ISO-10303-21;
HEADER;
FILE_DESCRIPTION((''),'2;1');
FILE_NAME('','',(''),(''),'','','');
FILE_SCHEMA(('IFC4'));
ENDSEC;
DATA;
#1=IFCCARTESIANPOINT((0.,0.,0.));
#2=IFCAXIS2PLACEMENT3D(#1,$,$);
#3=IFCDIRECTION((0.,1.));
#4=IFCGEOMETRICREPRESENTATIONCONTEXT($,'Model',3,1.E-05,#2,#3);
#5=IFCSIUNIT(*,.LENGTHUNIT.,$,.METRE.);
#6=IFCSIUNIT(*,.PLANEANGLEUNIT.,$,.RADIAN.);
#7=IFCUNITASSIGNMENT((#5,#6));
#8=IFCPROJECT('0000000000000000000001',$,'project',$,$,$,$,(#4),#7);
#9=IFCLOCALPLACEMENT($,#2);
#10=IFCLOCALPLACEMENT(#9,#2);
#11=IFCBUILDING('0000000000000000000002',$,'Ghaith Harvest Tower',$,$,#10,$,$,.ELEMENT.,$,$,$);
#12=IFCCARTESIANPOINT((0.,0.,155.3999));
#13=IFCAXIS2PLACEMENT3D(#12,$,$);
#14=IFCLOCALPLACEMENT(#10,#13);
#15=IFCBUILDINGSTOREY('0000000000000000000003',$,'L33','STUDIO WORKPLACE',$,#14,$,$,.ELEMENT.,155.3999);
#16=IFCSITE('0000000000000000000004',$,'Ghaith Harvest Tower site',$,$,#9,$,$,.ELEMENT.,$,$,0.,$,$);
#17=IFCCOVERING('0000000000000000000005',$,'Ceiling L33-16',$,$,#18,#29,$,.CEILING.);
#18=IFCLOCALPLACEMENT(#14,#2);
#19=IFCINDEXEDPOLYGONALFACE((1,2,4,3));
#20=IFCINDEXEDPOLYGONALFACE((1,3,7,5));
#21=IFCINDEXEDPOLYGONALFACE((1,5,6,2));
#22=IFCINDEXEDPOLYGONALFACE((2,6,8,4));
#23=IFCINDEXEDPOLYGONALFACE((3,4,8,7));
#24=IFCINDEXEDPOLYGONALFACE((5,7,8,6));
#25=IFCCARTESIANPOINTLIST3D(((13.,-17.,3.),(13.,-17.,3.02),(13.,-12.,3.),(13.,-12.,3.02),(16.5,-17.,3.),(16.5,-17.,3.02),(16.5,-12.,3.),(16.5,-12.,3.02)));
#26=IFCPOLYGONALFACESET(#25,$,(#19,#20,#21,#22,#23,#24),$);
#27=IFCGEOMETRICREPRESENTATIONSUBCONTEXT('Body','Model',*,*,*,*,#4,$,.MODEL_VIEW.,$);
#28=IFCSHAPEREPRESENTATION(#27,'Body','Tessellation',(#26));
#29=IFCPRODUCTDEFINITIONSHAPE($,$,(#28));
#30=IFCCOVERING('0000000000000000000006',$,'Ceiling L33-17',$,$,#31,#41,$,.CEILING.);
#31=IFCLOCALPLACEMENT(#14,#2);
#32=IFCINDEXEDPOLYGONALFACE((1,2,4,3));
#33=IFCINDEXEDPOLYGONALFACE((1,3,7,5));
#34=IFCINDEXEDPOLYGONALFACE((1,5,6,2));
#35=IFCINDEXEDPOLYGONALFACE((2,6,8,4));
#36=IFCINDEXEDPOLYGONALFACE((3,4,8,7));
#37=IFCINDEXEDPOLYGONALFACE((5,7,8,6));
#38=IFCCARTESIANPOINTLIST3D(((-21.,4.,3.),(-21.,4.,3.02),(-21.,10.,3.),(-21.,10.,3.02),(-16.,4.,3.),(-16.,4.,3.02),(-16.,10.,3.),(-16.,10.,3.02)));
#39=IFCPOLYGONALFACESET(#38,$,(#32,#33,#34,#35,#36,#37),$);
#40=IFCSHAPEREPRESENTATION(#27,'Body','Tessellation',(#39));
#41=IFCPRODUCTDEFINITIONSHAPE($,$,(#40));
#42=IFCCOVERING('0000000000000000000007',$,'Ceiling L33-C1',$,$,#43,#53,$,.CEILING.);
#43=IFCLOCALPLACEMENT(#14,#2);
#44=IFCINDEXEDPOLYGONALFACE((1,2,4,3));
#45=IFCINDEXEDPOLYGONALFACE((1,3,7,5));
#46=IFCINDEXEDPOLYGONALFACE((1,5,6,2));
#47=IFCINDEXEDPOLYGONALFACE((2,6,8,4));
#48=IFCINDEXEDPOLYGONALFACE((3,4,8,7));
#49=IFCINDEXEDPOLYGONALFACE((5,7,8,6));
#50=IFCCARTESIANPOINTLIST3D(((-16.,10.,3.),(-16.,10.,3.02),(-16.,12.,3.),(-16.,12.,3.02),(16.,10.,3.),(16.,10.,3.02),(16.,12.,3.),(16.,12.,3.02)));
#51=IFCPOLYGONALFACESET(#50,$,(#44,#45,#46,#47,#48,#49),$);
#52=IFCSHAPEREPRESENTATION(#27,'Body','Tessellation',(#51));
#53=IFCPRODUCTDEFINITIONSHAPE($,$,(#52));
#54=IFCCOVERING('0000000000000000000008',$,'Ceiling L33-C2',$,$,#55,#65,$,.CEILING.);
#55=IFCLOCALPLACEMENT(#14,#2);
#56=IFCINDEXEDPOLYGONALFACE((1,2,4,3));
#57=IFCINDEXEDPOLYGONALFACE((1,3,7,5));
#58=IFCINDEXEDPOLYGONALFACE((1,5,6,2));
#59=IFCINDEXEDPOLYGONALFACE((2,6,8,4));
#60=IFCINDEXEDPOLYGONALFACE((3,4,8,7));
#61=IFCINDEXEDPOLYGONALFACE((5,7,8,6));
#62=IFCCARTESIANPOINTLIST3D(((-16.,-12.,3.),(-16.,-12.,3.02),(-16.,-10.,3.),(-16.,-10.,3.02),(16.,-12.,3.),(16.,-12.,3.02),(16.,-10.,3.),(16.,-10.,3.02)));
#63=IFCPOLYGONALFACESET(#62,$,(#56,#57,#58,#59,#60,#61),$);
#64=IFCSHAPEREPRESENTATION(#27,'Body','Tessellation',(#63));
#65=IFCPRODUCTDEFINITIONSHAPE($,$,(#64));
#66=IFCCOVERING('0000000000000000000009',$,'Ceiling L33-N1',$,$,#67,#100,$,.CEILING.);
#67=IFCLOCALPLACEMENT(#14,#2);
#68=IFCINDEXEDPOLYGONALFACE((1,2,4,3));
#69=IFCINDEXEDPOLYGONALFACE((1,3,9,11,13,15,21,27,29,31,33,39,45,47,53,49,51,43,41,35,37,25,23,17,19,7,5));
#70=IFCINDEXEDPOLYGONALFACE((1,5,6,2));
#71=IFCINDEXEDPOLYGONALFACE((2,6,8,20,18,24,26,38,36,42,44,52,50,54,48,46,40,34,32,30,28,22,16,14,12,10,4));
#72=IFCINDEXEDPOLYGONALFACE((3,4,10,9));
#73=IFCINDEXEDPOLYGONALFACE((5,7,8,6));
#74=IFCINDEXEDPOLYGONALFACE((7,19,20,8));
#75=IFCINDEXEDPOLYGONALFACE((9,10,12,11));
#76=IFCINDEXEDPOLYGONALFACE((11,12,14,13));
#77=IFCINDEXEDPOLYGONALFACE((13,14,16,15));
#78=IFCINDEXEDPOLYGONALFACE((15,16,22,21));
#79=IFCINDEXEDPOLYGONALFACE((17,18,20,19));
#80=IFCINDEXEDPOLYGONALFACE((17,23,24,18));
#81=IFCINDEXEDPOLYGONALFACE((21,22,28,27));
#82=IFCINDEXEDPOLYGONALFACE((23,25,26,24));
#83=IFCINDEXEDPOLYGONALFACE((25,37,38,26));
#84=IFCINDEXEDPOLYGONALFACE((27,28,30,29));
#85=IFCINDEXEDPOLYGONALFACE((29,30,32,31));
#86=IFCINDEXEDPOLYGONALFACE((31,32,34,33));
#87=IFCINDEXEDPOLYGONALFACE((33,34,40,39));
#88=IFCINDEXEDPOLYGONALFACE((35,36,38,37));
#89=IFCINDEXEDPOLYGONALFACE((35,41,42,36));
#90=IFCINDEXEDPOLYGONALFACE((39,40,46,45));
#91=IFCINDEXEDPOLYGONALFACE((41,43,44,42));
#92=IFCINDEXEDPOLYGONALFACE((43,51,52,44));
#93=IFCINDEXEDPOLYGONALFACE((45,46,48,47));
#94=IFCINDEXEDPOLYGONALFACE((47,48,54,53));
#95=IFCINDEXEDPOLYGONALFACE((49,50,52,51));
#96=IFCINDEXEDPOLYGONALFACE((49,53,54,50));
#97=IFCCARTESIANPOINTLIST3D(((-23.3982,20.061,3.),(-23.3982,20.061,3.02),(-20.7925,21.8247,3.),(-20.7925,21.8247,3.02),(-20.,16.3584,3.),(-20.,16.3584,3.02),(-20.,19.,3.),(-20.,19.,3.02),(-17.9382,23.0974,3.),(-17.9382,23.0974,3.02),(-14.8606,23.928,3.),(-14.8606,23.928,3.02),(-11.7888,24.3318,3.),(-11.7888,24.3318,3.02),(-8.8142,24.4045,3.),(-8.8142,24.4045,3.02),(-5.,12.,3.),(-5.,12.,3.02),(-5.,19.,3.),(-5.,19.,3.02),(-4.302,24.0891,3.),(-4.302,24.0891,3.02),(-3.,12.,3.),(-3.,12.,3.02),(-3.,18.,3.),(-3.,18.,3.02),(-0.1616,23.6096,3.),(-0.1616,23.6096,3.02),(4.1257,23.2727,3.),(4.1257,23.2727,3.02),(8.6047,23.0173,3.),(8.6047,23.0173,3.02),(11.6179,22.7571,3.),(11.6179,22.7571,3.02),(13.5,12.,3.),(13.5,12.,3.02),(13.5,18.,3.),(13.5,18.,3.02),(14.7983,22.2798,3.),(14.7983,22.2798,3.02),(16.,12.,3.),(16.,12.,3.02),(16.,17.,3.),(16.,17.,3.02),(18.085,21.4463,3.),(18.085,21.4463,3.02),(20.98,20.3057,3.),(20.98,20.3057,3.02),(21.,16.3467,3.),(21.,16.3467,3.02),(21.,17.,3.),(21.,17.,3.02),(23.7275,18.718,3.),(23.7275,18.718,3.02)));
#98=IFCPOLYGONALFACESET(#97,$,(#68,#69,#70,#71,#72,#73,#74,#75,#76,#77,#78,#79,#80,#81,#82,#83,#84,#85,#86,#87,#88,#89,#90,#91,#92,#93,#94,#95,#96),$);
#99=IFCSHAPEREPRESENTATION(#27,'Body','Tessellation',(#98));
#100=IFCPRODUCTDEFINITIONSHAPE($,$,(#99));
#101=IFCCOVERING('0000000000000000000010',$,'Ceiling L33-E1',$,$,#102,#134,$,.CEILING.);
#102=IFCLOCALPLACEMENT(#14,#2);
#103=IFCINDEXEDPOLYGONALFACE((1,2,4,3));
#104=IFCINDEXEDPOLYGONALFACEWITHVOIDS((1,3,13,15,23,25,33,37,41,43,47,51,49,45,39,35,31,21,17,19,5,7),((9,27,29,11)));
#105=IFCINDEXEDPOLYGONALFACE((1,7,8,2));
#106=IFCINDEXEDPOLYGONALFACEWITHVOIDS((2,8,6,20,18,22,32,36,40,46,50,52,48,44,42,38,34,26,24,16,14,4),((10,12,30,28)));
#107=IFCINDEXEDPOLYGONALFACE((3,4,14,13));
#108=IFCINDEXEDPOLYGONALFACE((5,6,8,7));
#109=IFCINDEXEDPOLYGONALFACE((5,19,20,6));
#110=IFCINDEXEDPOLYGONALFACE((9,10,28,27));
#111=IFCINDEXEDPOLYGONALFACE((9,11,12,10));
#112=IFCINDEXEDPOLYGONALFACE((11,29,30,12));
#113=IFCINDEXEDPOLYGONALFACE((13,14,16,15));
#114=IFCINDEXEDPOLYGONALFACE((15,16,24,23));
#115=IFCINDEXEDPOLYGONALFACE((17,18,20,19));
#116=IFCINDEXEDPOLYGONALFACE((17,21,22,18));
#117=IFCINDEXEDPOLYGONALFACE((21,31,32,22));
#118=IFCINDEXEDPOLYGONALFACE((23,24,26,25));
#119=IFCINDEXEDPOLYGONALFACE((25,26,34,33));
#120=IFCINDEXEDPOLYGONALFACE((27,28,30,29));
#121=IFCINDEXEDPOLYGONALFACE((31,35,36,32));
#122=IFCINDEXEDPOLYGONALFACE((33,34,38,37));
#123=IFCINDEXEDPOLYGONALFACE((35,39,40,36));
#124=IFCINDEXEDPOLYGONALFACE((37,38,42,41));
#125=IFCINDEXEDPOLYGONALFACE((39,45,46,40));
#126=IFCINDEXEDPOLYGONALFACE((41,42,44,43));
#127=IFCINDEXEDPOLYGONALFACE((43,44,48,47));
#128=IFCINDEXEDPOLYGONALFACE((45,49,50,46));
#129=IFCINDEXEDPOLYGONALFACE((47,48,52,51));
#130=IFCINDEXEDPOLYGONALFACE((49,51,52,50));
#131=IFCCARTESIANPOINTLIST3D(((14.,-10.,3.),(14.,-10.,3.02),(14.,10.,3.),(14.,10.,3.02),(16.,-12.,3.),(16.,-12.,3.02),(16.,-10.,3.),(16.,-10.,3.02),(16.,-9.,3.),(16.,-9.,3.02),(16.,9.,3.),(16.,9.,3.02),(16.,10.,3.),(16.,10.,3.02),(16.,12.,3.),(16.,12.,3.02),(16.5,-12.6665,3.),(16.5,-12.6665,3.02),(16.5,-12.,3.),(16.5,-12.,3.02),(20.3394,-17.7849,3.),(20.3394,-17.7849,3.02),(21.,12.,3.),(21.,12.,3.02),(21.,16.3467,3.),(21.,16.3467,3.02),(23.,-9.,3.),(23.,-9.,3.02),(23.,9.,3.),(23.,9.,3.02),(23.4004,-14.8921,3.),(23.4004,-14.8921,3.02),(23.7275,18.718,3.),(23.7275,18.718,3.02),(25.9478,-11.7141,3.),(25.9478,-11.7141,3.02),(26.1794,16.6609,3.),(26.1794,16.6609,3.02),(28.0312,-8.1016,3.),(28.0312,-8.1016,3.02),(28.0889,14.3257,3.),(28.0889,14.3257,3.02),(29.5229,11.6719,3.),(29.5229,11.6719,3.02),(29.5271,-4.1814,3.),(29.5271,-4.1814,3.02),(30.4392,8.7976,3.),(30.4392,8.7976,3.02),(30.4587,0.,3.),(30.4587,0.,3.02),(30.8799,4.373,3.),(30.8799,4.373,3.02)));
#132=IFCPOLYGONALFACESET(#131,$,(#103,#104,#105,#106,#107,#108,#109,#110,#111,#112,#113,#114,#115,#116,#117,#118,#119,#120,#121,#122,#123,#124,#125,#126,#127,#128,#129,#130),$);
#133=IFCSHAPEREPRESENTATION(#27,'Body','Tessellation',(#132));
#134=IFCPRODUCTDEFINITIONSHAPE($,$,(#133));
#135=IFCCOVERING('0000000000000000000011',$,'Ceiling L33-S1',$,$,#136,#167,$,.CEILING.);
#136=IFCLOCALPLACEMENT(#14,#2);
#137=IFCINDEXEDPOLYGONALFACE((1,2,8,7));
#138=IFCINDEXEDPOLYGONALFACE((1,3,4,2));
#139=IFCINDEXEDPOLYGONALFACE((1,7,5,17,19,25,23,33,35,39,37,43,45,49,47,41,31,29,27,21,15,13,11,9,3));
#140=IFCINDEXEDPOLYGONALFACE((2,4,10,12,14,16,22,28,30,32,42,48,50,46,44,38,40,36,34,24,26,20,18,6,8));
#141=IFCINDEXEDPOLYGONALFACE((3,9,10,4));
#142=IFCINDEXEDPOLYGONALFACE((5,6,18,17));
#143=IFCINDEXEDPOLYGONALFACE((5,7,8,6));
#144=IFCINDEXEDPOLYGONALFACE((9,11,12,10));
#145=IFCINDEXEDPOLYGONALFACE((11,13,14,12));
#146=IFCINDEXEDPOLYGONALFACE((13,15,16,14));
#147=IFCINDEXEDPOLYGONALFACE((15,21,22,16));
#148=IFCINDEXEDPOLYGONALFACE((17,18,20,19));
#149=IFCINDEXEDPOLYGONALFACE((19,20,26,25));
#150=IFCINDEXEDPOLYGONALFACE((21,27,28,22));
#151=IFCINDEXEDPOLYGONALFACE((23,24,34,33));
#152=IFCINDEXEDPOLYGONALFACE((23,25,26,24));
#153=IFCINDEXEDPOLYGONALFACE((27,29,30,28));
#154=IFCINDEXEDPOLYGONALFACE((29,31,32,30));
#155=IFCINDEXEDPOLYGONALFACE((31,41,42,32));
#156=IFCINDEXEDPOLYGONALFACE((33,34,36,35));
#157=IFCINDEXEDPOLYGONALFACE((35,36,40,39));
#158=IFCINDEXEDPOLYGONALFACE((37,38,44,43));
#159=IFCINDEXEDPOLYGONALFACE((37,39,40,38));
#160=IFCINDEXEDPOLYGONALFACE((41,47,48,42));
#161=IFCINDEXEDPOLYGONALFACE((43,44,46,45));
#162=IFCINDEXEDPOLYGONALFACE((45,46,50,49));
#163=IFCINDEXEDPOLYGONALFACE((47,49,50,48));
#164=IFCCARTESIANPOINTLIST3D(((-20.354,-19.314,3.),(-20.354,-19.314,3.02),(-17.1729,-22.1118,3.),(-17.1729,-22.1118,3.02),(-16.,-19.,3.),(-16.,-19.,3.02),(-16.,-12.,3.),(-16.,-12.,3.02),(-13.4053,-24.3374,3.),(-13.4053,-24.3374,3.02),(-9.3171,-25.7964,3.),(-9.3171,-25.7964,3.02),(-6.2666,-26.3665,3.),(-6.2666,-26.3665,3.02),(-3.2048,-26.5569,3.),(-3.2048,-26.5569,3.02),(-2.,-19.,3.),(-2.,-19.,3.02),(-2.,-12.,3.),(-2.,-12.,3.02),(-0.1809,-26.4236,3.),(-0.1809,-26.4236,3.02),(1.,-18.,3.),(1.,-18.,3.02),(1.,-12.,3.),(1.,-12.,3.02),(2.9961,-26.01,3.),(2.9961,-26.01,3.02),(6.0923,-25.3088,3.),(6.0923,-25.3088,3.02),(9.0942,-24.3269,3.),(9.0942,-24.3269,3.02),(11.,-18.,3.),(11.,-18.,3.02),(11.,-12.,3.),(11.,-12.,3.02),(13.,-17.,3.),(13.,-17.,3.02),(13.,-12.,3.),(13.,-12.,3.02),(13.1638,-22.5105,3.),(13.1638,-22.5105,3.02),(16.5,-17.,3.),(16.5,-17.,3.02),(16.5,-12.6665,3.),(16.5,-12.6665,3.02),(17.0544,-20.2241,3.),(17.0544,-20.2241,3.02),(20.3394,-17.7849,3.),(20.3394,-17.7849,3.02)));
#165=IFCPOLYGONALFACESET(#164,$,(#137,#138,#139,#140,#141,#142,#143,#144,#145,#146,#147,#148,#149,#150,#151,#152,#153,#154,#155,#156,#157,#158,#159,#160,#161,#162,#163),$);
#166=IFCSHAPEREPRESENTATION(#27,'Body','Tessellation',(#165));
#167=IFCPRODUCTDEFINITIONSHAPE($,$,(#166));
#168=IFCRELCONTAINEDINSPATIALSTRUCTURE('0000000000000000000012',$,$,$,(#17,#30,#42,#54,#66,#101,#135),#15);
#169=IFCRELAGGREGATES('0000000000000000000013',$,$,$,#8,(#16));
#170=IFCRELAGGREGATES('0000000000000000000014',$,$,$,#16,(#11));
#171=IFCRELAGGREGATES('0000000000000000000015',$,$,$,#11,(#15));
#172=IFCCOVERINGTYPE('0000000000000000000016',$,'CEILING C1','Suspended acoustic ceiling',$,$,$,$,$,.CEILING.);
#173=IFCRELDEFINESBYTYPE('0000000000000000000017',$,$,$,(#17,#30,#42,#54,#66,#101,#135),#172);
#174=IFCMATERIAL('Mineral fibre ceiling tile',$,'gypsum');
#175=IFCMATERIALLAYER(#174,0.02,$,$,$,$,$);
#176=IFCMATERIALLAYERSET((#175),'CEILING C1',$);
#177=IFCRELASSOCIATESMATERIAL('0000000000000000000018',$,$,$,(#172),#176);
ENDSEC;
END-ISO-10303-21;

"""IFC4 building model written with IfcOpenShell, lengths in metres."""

from ifc_helpers import new_model, si_unit, direction, frame, origin, place, context, subcontext, project, spatial, polyline, outline, extrude, material, layer, layer_set, type_object, element, save


model = new_model("IFC4")

# Units and contexts
model_context = context("Model", 3, precision=1e-05, world=origin(), true_north=direction((0.0, 1.0)))
body_context = subcontext(model_context, "Body", "Model", "MODEL_VIEW")
ifc_project = project(units=[si_unit("LENGTHUNIT", "METRE"), si_unit("PLANEANGLEUNIT", "RADIAN")], contexts=[model_context])

# Site, building, storey
site_placement = place(None, origin())
site = spatial("IfcSite", under=ifc_project, at=site_placement, Name="Ghaith Harvest Tower site", CompositionType="ELEMENT", RefElevation=0.0)
building_placement = place(site_placement, origin())
building = spatial("IfcBuilding", under=site, at=building_placement, Name="Ghaith Harvest Tower", CompositionType="ELEMENT")
storey_placement = place(building_placement, frame((0.0, 0.0, 155.3999)))
storey = spatial("IfcBuildingStorey", under=building, at=storey_placement, Name="L33", Description="STUDIO WORKPLACE", CompositionType="ELEMENT", Elevation=155.3999)

# Coverings
ifc_material_1 = material(Name="Mineral fibre ceiling tile", Category="gypsum")
ifc_layer_1 = layer(ifc_material_1, 0.02)
ifc_layer_set_1 = layer_set([ifc_layer_1], Name="CEILING C1")
covering_type = type_object("IfcCoveringType", Name="CEILING C1", Description="Suspended acoustic ceiling", PredefinedType="CEILING", material=ifc_layer_set_1)
covering_1_placement = place(storey_placement, frame((0.0, 0.0, 3.0)))
element("IfcCovering", 1, at=covering_1_placement, inside=storey, type_object=covering_type, Name="Ceiling L33-16", PredefinedType="CEILING", context=body_context, shape_type="SweptSolid", body=[
    extrude(outline(polyline([(13.0, -17.0), (16.5, -17.0), (16.5, -12.0), (13.0, -12.0), (13.0, -17.0)])), origin(), (0.0, 0.0, 1.0), 0.02),
])
covering_2_placement = place(storey_placement, frame((0.0, 0.0, 3.0)))
element("IfcCovering", 2, at=covering_2_placement, inside=storey, type_object=covering_type, Name="Ceiling L33-17", PredefinedType="CEILING", context=body_context, shape_type="SweptSolid", body=[
    extrude(outline(polyline([(-21.0, 4.0), (-16.0, 4.0), (-16.0, 10.0), (-21.0, 10.0), (-21.0, 4.0)])), origin(), (0.0, 0.0, 1.0), 0.02),
])
covering_3_placement = place(storey_placement, frame((0.0, 0.0, 3.0)))
element("IfcCovering", 3, at=covering_3_placement, inside=storey, type_object=covering_type, Name="Ceiling L33-C1", PredefinedType="CEILING", context=body_context, shape_type="SweptSolid", body=[
    extrude(outline(polyline([(16.0, 10.0), (-16.0, 10.0), (-16.0, 12.0), (16.0, 12.0), (16.0, 10.0)])), origin(), (0.0, 0.0, 1.0), 0.02),
])
covering_4_placement = place(storey_placement, frame((0.0, 0.0, 3.0)))
element("IfcCovering", 4, at=covering_4_placement, inside=storey, type_object=covering_type, Name="Ceiling L33-C2", PredefinedType="CEILING", context=body_context, shape_type="SweptSolid", body=[
    extrude(outline(polyline([(-16.0, -10.0), (16.0, -10.0), (16.0, -12.0), (-16.0, -12.0), (-16.0, -10.0)])), origin(), (0.0, 0.0, 1.0), 0.02),
])
covering_5_placement = place(storey_placement, frame((0.0, 0.0, 3.0)))
element("IfcCovering", 5, at=covering_5_placement, inside=storey, type_object=covering_type, Name="Ceiling L33-N1", PredefinedType="CEILING", context=body_context, shape_type="SweptSolid", body=[
    extrude(outline(polyline([(-20.7925, 21.8247), (-17.9382, 23.0974), (-14.8606, 23.928), (-11.7888, 24.3318), (-8.8142, 24.4045), (-4.302, 24.0891), (-0.1616, 23.6096), (4.1257, 23.2727), (8.6047, 23.0173), (11.6179, 22.7571), (14.7983, 22.2798), (18.085, 21.4463), (20.98, 20.3057), (23.7275, 18.718), (21.0, 16.3467), (21.0, 17.0), (16.0, 17.0), (16.0, 12.0), (13.5, 12.0), (13.5, 18.0), (-3.0, 18.0), (-3.0, 12.0), (-5.0, 12.0), (-5.0, 19.0), (-20.0, 19.0), (-20.0, 16.3584), (-23.3982, 20.061), (-20.7925, 21.8247)])), origin(), (0.0, 0.0, 1.0), 0.02),
])
covering_6_placement = place(storey_placement, frame((0.0, 0.0, 3.0)))
element("IfcCovering", 6, at=covering_6_placement, inside=storey, type_object=covering_type, Name="Ceiling L33-E1", PredefinedType="CEILING", context=body_context, shape_type="SweptSolid", body=[
    extrude(outline(polyline([(26.1794, 16.6609), (28.0889, 14.3257), (29.5229, 11.6719), (30.4392, 8.7976), (30.8799, 4.373), (30.4587, 0.0), (29.5271, -4.1814), (28.0312, -8.1016), (25.9478, -11.7141), (23.4004, -14.8921), (20.3394, -17.7849), (16.5, -12.6665), (16.5, -12.0), (16.0, -12.0), (16.0, -10.0), (14.0, -10.0), (14.0, 10.0), (16.0, 10.0), (16.0, 12.0), (21.0, 12.0), (21.0, 16.3467), (23.7275, 18.718), (26.1794, 16.6609)]), holes=[polyline([(23.0, -9.0), (23.0, 9.0), (16.0, 9.0), (16.0, -9.0), (23.0, -9.0)])]), origin(), (0.0, 0.0, 1.0), 0.02),
])
covering_7_placement = place(storey_placement, frame((0.0, 0.0, 3.0)))
element("IfcCovering", 7, at=covering_7_placement, inside=storey, type_object=covering_type, Name="Ceiling L33-S1", PredefinedType="CEILING", context=body_context, shape_type="SweptSolid", body=[
    extrude(outline(polyline([(17.0544, -20.2241), (13.1638, -22.5105), (9.0942, -24.3269), (6.0923, -25.3088), (2.9961, -26.01), (-0.1809, -26.4236), (-3.2048, -26.5569), (-6.2666, -26.3665), (-9.3171, -25.7964), (-13.4053, -24.3374), (-17.1729, -22.1118), (-20.354, -19.314), (-16.0, -12.0), (-16.0, -19.0), (-2.0, -19.0), (-2.0, -12.0), (1.0, -12.0), (1.0, -18.0), (11.0, -18.0), (11.0, -12.0), (13.0, -12.0), (13.0, -17.0), (16.5, -17.0), (16.5, -12.6665), (20.3394, -17.7849), (17.0544, -20.2241)])), origin(), (0.0, 0.0, 1.0), 0.02),
])

save(model, "model.ifc")
